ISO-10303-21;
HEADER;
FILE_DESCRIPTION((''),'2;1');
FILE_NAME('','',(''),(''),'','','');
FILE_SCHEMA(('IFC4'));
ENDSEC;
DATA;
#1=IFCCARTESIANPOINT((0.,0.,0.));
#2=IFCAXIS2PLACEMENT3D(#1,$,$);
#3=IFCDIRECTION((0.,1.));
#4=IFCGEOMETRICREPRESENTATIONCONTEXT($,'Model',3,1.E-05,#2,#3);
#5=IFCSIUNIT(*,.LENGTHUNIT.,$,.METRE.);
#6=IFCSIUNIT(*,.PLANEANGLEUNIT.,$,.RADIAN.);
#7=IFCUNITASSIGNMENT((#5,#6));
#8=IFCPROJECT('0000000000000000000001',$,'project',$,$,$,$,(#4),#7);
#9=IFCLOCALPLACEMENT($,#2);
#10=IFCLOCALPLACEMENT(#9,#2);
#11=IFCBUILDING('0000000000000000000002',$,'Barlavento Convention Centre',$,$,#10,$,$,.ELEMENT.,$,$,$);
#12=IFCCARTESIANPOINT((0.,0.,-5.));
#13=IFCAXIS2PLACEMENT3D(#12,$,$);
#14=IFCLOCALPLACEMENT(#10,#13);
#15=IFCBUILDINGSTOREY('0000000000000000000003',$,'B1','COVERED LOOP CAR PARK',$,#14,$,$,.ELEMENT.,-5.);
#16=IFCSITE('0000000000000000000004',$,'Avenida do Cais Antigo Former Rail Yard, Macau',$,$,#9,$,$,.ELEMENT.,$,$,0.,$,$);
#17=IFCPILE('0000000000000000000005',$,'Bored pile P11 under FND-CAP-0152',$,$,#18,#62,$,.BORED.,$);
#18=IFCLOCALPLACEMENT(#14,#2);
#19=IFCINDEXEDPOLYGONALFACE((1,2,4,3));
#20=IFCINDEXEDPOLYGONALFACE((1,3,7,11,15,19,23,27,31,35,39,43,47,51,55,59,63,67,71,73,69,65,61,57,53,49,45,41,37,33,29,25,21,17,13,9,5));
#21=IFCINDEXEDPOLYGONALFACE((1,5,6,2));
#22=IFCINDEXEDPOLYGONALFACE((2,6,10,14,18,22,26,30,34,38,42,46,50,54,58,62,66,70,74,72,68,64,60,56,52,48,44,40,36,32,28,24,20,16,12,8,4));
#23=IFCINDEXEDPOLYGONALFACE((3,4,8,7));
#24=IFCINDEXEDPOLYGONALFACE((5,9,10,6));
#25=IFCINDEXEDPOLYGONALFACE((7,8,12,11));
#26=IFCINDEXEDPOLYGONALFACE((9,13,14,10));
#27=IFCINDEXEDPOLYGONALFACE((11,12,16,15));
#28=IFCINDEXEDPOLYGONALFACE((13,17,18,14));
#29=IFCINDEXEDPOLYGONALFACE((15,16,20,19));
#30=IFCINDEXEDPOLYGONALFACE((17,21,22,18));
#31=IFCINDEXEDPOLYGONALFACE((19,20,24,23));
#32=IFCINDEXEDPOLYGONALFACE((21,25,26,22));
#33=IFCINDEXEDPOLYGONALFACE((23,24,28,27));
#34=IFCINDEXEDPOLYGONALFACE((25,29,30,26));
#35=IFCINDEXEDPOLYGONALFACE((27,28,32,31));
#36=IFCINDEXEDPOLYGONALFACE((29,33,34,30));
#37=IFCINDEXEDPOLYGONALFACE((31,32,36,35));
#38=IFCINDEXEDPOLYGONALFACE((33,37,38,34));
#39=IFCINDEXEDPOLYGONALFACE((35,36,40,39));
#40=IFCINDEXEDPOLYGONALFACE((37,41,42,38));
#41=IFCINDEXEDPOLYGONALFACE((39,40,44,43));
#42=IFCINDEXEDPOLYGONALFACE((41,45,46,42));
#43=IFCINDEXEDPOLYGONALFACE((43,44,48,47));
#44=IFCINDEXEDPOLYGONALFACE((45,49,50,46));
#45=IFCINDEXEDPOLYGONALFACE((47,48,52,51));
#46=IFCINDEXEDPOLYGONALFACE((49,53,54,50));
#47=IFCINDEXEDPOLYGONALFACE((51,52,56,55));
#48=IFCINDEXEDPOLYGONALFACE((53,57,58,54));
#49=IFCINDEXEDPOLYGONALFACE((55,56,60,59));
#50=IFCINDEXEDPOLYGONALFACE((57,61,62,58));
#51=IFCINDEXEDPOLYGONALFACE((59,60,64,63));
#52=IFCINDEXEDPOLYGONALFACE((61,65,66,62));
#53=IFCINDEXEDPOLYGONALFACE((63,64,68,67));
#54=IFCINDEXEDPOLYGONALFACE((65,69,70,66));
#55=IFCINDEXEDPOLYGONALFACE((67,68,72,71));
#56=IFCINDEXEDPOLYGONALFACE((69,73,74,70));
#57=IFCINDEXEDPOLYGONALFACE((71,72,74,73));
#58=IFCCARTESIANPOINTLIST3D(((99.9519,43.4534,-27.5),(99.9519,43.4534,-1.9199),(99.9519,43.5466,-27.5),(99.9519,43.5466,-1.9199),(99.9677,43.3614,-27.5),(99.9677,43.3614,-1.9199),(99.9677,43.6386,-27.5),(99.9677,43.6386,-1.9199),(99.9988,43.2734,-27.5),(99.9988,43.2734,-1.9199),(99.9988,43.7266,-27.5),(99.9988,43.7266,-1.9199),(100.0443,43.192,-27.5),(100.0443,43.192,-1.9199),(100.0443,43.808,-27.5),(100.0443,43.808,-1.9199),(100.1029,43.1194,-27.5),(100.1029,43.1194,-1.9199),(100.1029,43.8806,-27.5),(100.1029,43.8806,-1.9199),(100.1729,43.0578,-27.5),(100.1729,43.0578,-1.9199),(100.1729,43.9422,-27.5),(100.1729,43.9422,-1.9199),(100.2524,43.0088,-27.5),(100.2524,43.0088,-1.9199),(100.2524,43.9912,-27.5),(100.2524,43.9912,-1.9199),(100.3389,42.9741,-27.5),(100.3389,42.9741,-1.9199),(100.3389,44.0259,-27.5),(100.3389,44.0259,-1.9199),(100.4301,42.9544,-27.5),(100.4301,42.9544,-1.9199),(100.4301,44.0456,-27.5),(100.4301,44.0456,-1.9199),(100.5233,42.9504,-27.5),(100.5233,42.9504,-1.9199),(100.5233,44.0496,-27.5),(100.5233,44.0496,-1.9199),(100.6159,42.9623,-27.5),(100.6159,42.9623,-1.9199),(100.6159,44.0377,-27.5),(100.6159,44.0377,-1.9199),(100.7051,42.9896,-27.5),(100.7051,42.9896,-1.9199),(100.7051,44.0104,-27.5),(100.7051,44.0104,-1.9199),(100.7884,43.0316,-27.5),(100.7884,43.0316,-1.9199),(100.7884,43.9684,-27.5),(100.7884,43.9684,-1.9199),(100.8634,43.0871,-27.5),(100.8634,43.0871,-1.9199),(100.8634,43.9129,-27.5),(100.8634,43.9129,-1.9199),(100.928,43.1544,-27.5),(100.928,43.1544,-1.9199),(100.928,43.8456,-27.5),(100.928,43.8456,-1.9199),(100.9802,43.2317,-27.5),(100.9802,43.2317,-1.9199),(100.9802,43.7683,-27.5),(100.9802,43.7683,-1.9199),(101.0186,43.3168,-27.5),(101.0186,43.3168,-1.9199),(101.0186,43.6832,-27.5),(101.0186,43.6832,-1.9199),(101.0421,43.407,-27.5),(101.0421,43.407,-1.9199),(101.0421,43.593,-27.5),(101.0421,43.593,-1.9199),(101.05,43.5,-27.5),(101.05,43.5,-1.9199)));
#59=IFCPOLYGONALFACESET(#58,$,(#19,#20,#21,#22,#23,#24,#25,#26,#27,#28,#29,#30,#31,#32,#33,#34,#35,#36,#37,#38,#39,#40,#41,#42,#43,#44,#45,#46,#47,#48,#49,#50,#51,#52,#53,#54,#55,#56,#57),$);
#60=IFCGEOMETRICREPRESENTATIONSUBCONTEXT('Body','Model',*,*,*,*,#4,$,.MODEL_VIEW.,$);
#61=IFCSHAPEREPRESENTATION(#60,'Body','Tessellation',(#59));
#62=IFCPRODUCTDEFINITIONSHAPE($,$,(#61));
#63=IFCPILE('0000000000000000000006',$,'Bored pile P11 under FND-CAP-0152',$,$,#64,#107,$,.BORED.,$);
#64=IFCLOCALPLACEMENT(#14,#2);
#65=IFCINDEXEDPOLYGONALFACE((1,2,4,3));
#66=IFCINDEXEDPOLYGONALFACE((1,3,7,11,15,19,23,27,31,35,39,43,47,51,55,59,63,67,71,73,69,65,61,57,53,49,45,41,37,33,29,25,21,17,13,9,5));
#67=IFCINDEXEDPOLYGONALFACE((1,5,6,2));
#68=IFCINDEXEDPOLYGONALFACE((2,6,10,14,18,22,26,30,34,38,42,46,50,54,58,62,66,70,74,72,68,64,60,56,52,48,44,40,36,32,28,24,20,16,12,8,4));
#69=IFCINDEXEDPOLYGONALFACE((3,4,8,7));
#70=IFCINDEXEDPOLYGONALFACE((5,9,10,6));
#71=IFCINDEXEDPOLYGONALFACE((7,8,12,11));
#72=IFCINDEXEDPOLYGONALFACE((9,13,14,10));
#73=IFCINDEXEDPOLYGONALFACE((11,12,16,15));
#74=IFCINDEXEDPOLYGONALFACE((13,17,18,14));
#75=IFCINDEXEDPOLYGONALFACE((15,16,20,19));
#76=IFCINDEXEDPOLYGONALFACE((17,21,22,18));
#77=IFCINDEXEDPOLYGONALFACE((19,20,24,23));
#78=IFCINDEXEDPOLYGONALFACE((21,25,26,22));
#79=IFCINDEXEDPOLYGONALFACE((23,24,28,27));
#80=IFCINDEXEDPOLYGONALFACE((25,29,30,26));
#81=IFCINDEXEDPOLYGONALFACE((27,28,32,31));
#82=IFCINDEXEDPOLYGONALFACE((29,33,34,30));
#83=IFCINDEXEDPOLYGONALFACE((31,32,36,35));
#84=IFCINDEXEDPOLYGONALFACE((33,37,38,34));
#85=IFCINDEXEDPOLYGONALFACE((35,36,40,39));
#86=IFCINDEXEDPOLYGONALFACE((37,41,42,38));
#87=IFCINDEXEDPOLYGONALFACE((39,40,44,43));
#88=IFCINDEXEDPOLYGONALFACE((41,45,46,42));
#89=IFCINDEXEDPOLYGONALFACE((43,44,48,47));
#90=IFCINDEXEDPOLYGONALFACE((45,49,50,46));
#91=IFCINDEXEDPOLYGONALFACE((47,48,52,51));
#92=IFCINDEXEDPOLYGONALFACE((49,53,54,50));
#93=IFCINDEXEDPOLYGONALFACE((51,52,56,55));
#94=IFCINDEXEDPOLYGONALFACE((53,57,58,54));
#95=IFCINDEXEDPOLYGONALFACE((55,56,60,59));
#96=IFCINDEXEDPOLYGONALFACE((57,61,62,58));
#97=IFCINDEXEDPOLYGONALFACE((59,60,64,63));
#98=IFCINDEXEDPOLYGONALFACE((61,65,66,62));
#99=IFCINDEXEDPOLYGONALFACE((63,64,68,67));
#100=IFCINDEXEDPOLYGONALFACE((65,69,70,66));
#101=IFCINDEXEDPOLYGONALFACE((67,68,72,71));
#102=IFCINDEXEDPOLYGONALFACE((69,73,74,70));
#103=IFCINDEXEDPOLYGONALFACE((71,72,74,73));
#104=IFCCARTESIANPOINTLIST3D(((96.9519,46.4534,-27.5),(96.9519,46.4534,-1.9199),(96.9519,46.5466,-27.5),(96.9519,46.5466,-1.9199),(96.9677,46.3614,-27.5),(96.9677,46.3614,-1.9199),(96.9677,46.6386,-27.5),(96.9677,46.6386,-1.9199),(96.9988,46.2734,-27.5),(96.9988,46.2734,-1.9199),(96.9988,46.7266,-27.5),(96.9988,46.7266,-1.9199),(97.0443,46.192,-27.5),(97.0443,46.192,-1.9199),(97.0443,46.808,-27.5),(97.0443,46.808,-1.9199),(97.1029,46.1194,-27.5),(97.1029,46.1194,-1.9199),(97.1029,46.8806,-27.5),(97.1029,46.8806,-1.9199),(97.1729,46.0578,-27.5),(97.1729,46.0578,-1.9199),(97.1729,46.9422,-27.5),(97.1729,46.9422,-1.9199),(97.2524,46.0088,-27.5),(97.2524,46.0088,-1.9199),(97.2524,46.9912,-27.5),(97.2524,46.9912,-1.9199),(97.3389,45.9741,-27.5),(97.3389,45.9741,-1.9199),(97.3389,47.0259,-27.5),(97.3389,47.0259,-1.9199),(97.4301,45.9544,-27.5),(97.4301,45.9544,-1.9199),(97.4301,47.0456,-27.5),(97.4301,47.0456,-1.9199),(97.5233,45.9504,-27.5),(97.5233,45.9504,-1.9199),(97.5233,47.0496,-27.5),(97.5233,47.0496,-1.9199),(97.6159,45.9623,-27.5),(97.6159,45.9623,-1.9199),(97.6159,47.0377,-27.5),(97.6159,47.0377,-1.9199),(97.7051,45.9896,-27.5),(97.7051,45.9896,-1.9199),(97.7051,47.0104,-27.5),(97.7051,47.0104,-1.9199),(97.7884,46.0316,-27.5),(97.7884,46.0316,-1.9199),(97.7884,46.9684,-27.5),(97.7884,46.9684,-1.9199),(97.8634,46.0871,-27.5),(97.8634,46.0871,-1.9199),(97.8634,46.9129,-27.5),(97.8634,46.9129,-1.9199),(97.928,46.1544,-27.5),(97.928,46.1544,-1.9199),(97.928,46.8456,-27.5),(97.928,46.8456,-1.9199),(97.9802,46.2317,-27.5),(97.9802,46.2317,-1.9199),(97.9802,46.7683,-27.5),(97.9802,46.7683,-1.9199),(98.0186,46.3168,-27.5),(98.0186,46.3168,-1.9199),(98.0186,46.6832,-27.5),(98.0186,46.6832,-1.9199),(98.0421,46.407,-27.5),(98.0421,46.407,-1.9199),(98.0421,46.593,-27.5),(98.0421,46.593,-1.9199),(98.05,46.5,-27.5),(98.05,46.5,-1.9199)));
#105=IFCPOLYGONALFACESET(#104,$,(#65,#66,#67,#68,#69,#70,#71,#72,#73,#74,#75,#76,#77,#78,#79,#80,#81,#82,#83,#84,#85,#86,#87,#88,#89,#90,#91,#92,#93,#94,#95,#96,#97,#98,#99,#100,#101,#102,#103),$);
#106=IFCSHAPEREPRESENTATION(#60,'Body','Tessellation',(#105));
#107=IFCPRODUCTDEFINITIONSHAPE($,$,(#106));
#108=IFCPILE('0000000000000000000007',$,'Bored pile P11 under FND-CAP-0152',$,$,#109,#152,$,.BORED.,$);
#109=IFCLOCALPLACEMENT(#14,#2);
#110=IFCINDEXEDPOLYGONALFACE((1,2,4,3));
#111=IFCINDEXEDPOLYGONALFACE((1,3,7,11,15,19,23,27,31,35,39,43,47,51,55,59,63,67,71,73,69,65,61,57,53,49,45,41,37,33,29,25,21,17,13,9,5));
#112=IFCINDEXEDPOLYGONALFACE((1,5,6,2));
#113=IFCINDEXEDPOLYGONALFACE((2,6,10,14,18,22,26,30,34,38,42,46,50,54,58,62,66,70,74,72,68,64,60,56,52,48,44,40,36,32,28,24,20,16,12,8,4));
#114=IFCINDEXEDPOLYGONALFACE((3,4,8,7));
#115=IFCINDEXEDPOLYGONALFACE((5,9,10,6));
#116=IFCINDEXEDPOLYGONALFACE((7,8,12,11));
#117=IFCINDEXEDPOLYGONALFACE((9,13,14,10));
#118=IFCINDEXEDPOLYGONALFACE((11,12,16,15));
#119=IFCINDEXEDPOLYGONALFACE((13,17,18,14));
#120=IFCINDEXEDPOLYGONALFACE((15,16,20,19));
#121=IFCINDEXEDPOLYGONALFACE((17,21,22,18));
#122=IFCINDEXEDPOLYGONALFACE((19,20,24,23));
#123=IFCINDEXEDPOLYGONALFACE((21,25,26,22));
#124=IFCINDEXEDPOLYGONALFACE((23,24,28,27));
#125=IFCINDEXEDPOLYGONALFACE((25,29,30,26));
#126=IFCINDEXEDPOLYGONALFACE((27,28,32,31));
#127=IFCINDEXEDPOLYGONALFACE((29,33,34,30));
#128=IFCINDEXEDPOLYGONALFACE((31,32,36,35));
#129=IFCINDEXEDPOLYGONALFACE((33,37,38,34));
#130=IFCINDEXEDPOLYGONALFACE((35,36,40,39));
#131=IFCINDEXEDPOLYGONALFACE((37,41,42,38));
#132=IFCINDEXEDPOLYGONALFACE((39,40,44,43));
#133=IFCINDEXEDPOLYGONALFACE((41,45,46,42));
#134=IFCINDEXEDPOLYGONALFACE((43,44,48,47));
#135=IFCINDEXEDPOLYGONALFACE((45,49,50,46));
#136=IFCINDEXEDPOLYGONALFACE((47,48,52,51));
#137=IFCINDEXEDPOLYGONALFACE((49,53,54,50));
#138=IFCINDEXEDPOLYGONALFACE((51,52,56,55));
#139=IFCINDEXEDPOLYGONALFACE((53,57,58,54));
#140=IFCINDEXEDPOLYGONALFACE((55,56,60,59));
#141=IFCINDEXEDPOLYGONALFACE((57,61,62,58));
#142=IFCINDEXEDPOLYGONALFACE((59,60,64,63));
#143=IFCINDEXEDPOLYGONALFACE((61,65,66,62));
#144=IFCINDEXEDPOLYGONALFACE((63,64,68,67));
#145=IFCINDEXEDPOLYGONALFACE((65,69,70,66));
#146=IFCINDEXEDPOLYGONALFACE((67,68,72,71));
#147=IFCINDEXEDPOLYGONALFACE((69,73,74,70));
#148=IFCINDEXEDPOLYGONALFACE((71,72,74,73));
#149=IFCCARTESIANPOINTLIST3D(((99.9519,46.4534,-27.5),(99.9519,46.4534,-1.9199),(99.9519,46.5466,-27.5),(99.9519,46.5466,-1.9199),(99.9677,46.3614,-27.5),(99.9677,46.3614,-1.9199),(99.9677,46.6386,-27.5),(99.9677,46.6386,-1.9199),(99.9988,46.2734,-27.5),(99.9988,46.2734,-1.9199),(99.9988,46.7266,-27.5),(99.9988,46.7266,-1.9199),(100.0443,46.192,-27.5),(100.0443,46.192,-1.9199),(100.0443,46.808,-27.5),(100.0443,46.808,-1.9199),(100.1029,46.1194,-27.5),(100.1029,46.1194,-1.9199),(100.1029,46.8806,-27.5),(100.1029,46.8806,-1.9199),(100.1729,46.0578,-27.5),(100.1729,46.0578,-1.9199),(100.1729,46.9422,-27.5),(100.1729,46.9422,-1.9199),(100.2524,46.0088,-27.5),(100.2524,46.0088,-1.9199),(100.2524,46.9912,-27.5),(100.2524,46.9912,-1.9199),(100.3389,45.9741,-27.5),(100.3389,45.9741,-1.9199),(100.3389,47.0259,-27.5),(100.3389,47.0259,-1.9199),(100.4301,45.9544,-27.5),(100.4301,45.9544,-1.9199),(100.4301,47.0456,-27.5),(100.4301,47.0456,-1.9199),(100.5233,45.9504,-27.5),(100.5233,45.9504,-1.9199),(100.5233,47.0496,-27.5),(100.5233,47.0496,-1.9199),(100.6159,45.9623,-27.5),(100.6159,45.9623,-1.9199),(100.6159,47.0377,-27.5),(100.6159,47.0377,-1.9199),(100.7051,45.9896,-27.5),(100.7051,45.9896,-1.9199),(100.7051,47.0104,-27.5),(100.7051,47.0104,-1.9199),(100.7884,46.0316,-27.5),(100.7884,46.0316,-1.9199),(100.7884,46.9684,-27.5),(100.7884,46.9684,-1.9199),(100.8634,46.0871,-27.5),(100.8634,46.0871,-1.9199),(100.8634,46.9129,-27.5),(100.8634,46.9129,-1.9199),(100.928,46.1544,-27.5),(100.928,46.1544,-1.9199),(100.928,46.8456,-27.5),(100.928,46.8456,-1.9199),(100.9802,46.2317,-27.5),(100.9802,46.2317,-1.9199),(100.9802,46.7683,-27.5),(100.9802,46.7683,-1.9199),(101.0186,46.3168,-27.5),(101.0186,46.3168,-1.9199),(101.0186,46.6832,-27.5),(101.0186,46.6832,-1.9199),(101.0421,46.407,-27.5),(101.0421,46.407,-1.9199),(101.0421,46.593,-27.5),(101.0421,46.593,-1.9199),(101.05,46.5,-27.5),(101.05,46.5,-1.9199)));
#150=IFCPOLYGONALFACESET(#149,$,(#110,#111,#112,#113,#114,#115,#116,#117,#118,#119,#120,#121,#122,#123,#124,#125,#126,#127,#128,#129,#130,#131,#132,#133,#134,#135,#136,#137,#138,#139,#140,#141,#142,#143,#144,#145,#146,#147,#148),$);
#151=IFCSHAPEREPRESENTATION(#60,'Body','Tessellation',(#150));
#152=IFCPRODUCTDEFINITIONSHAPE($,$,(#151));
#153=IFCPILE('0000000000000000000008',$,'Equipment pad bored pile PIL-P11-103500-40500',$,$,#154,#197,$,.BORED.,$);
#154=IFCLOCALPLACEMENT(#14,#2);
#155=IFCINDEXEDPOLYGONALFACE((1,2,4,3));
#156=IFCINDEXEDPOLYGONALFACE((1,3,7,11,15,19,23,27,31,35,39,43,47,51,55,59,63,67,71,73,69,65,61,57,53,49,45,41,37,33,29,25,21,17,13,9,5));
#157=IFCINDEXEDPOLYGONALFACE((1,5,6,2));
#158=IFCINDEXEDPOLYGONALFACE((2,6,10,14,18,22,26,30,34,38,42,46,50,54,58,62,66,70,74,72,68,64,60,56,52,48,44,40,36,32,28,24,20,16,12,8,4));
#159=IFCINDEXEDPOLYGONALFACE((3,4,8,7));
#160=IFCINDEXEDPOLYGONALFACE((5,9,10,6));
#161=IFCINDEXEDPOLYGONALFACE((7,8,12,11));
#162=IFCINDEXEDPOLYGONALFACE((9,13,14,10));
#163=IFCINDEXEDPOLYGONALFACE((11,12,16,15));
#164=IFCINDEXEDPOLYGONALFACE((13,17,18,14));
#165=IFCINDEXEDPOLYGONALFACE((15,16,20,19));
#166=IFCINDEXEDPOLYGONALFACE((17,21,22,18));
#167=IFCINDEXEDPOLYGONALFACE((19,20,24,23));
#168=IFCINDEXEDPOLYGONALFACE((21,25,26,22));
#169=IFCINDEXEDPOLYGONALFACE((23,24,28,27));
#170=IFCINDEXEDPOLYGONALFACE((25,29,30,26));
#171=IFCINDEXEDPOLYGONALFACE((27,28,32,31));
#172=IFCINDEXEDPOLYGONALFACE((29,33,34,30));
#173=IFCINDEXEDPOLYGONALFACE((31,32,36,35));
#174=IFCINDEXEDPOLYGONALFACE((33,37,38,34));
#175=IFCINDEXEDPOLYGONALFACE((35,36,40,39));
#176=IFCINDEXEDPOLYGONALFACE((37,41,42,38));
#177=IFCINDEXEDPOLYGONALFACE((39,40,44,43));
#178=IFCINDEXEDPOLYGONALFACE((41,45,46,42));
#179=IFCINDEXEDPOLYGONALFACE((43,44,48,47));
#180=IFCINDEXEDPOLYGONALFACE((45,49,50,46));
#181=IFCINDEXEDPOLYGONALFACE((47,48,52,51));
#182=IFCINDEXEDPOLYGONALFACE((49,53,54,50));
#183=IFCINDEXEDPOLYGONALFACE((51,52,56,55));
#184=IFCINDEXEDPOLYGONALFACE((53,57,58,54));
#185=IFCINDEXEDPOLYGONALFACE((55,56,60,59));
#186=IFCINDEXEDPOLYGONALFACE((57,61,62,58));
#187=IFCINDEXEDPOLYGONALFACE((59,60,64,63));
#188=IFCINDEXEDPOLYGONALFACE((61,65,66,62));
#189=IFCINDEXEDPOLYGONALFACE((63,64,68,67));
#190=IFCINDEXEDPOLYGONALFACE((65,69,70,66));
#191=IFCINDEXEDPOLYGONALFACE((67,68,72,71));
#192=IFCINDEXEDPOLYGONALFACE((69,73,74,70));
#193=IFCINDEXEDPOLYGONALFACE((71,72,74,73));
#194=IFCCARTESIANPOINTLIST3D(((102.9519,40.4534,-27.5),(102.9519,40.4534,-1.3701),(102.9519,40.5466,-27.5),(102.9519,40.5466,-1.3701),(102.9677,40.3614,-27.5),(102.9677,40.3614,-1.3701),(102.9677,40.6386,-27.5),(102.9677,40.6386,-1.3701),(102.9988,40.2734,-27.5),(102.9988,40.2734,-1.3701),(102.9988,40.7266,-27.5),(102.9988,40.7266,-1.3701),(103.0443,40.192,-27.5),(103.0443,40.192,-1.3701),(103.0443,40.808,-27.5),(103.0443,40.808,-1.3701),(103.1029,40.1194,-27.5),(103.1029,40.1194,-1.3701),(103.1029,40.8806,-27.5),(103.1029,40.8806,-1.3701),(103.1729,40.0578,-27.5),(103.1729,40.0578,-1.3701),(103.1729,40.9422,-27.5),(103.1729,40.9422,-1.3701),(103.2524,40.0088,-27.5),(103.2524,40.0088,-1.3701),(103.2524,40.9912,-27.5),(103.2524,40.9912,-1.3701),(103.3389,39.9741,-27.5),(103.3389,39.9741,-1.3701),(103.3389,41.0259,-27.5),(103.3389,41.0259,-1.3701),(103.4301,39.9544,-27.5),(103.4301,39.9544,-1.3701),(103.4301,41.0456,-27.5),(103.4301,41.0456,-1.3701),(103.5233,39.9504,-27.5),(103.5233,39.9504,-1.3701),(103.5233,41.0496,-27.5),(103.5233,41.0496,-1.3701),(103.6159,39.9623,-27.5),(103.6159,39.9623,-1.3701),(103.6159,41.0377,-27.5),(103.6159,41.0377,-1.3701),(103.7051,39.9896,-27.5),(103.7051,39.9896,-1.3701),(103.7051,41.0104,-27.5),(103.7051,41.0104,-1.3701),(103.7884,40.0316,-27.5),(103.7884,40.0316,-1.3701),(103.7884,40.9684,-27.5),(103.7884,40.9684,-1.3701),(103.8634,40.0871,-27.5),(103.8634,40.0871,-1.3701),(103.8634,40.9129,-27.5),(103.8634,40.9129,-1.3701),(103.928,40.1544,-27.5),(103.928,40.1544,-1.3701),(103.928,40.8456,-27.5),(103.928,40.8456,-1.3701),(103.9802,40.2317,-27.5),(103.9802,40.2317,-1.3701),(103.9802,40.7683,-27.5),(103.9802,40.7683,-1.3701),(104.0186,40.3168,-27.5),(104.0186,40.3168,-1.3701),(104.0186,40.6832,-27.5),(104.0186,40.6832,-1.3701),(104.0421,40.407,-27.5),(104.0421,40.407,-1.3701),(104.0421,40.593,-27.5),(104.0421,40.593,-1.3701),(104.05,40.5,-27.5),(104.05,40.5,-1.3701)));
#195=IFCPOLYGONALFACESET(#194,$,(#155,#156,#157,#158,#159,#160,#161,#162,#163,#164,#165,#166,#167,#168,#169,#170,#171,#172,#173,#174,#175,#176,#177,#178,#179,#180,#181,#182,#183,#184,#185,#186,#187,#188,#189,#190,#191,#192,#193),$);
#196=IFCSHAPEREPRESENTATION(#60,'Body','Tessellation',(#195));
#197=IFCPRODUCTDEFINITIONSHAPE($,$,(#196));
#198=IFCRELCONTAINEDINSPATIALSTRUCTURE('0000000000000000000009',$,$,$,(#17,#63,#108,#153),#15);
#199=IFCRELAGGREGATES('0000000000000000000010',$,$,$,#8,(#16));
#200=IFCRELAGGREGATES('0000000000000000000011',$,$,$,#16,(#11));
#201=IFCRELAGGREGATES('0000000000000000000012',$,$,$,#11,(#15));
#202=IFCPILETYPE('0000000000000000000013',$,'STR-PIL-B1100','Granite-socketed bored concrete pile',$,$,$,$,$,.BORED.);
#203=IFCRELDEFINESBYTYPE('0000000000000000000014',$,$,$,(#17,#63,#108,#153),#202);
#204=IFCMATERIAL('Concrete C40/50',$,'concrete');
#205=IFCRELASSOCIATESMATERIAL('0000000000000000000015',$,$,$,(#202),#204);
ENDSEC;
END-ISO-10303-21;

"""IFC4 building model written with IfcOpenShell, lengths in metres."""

from ifc_helpers import new_model, si_unit, direction, frame, origin, origin_2d, place, context, subcontext, project, spatial, circle, extrude, material, material_profile, profile_set, type_object, element, save


model = new_model("IFC4")

# Units and contexts
model_context = context("Model", 3, precision=1e-05, world=origin(), true_north=direction((0.0, 1.0)))
body_context = subcontext(model_context, "Body", "Model", "MODEL_VIEW")
ifc_project = project(units=[si_unit("LENGTHUNIT", "METRE"), si_unit("PLANEANGLEUNIT", "RADIAN")], contexts=[model_context])

# Site, building, storey
site_placement = place(None, origin())
site = spatial("IfcSite", under=ifc_project, at=site_placement, Name="Avenida do Cais Antigo Former Rail Yard, Macau", CompositionType="ELEMENT", RefElevation=0.0)
building_placement = place(site_placement, origin())
building = spatial("IfcBuilding", under=site, at=building_placement, Name="Barlavento Convention Centre", CompositionType="ELEMENT")
storey_placement = place(building_placement, frame((0.0, 0.0, -5.0)))
storey = spatial("IfcBuildingStorey", under=building, at=storey_placement, Name="B1", Description="COVERED LOOP CAR PARK", CompositionType="ELEMENT", Elevation=-5.0)

# Shared definitions
ifc_material_1 = material(Name="Concrete C40/50", Category="concrete")

# Piles
ifc_material_profile_1 = material_profile(ifc_material_1, circle(Radius=0.55, at=origin_2d()), Name="BORED PILE 1100")
ifc_profile_set_1 = profile_set([ifc_material_profile_1], Name="Concrete C40/50")
pile_type_1 = type_object("IfcPileType", Name="STR-PIL-B1100", Description="Granite-socketed bored concrete pile", PredefinedType="BORED", material=ifc_profile_set_1)
for number, where, z_axis, x_axis, name in (
    (1, (100.5, 43.5, -1.9199), (0.0, 0.0, -1.0), (1.0, 0.0, 0.0), "Bored pile P11 under FND-CAP-0152"),
    (2, (97.5, 46.5, -1.9199), (0.0, 0.0, -1.0), (1.0, 0.0, 0.0), "Bored pile P11 under FND-CAP-0152"),
    (3, (100.5, 46.5, -1.9199), (0.0, 0.0, -1.0), (1.0, 0.0, 0.0), "Bored pile P11 under FND-CAP-0152"),
):
    element("IfcPile", number, at=place(storey_placement, frame(where, z_axis=z_axis, x_axis=x_axis)), inside=storey, type_object=pile_type_1, Name=name, PredefinedType="BORED", context=body_context, shape_type="SweptSolid", body=[
        extrude(circle(Radius=0.55, at=origin_2d()), origin(), (0.0, 0.0, 1.0), 25.5801),
    ])
pile_1_placement = place(storey_placement, frame((103.5, 40.5, -1.3701), z_axis=(0.0, 0.0, -1.0), x_axis=(1.0, 0.0, 0.0)))
element("IfcPile", 4, at=pile_1_placement, inside=storey, type_object=pile_type_1, Name="Equipment pad bored pile PIL-P11-103500-40500", PredefinedType="BORED", context=body_context, shape_type="SweptSolid", body=[
    extrude(circle(Radius=0.55, at=origin_2d()), origin(), (0.0, 0.0, 1.0), 26.1299),
])

save(model, "model.ifc")
